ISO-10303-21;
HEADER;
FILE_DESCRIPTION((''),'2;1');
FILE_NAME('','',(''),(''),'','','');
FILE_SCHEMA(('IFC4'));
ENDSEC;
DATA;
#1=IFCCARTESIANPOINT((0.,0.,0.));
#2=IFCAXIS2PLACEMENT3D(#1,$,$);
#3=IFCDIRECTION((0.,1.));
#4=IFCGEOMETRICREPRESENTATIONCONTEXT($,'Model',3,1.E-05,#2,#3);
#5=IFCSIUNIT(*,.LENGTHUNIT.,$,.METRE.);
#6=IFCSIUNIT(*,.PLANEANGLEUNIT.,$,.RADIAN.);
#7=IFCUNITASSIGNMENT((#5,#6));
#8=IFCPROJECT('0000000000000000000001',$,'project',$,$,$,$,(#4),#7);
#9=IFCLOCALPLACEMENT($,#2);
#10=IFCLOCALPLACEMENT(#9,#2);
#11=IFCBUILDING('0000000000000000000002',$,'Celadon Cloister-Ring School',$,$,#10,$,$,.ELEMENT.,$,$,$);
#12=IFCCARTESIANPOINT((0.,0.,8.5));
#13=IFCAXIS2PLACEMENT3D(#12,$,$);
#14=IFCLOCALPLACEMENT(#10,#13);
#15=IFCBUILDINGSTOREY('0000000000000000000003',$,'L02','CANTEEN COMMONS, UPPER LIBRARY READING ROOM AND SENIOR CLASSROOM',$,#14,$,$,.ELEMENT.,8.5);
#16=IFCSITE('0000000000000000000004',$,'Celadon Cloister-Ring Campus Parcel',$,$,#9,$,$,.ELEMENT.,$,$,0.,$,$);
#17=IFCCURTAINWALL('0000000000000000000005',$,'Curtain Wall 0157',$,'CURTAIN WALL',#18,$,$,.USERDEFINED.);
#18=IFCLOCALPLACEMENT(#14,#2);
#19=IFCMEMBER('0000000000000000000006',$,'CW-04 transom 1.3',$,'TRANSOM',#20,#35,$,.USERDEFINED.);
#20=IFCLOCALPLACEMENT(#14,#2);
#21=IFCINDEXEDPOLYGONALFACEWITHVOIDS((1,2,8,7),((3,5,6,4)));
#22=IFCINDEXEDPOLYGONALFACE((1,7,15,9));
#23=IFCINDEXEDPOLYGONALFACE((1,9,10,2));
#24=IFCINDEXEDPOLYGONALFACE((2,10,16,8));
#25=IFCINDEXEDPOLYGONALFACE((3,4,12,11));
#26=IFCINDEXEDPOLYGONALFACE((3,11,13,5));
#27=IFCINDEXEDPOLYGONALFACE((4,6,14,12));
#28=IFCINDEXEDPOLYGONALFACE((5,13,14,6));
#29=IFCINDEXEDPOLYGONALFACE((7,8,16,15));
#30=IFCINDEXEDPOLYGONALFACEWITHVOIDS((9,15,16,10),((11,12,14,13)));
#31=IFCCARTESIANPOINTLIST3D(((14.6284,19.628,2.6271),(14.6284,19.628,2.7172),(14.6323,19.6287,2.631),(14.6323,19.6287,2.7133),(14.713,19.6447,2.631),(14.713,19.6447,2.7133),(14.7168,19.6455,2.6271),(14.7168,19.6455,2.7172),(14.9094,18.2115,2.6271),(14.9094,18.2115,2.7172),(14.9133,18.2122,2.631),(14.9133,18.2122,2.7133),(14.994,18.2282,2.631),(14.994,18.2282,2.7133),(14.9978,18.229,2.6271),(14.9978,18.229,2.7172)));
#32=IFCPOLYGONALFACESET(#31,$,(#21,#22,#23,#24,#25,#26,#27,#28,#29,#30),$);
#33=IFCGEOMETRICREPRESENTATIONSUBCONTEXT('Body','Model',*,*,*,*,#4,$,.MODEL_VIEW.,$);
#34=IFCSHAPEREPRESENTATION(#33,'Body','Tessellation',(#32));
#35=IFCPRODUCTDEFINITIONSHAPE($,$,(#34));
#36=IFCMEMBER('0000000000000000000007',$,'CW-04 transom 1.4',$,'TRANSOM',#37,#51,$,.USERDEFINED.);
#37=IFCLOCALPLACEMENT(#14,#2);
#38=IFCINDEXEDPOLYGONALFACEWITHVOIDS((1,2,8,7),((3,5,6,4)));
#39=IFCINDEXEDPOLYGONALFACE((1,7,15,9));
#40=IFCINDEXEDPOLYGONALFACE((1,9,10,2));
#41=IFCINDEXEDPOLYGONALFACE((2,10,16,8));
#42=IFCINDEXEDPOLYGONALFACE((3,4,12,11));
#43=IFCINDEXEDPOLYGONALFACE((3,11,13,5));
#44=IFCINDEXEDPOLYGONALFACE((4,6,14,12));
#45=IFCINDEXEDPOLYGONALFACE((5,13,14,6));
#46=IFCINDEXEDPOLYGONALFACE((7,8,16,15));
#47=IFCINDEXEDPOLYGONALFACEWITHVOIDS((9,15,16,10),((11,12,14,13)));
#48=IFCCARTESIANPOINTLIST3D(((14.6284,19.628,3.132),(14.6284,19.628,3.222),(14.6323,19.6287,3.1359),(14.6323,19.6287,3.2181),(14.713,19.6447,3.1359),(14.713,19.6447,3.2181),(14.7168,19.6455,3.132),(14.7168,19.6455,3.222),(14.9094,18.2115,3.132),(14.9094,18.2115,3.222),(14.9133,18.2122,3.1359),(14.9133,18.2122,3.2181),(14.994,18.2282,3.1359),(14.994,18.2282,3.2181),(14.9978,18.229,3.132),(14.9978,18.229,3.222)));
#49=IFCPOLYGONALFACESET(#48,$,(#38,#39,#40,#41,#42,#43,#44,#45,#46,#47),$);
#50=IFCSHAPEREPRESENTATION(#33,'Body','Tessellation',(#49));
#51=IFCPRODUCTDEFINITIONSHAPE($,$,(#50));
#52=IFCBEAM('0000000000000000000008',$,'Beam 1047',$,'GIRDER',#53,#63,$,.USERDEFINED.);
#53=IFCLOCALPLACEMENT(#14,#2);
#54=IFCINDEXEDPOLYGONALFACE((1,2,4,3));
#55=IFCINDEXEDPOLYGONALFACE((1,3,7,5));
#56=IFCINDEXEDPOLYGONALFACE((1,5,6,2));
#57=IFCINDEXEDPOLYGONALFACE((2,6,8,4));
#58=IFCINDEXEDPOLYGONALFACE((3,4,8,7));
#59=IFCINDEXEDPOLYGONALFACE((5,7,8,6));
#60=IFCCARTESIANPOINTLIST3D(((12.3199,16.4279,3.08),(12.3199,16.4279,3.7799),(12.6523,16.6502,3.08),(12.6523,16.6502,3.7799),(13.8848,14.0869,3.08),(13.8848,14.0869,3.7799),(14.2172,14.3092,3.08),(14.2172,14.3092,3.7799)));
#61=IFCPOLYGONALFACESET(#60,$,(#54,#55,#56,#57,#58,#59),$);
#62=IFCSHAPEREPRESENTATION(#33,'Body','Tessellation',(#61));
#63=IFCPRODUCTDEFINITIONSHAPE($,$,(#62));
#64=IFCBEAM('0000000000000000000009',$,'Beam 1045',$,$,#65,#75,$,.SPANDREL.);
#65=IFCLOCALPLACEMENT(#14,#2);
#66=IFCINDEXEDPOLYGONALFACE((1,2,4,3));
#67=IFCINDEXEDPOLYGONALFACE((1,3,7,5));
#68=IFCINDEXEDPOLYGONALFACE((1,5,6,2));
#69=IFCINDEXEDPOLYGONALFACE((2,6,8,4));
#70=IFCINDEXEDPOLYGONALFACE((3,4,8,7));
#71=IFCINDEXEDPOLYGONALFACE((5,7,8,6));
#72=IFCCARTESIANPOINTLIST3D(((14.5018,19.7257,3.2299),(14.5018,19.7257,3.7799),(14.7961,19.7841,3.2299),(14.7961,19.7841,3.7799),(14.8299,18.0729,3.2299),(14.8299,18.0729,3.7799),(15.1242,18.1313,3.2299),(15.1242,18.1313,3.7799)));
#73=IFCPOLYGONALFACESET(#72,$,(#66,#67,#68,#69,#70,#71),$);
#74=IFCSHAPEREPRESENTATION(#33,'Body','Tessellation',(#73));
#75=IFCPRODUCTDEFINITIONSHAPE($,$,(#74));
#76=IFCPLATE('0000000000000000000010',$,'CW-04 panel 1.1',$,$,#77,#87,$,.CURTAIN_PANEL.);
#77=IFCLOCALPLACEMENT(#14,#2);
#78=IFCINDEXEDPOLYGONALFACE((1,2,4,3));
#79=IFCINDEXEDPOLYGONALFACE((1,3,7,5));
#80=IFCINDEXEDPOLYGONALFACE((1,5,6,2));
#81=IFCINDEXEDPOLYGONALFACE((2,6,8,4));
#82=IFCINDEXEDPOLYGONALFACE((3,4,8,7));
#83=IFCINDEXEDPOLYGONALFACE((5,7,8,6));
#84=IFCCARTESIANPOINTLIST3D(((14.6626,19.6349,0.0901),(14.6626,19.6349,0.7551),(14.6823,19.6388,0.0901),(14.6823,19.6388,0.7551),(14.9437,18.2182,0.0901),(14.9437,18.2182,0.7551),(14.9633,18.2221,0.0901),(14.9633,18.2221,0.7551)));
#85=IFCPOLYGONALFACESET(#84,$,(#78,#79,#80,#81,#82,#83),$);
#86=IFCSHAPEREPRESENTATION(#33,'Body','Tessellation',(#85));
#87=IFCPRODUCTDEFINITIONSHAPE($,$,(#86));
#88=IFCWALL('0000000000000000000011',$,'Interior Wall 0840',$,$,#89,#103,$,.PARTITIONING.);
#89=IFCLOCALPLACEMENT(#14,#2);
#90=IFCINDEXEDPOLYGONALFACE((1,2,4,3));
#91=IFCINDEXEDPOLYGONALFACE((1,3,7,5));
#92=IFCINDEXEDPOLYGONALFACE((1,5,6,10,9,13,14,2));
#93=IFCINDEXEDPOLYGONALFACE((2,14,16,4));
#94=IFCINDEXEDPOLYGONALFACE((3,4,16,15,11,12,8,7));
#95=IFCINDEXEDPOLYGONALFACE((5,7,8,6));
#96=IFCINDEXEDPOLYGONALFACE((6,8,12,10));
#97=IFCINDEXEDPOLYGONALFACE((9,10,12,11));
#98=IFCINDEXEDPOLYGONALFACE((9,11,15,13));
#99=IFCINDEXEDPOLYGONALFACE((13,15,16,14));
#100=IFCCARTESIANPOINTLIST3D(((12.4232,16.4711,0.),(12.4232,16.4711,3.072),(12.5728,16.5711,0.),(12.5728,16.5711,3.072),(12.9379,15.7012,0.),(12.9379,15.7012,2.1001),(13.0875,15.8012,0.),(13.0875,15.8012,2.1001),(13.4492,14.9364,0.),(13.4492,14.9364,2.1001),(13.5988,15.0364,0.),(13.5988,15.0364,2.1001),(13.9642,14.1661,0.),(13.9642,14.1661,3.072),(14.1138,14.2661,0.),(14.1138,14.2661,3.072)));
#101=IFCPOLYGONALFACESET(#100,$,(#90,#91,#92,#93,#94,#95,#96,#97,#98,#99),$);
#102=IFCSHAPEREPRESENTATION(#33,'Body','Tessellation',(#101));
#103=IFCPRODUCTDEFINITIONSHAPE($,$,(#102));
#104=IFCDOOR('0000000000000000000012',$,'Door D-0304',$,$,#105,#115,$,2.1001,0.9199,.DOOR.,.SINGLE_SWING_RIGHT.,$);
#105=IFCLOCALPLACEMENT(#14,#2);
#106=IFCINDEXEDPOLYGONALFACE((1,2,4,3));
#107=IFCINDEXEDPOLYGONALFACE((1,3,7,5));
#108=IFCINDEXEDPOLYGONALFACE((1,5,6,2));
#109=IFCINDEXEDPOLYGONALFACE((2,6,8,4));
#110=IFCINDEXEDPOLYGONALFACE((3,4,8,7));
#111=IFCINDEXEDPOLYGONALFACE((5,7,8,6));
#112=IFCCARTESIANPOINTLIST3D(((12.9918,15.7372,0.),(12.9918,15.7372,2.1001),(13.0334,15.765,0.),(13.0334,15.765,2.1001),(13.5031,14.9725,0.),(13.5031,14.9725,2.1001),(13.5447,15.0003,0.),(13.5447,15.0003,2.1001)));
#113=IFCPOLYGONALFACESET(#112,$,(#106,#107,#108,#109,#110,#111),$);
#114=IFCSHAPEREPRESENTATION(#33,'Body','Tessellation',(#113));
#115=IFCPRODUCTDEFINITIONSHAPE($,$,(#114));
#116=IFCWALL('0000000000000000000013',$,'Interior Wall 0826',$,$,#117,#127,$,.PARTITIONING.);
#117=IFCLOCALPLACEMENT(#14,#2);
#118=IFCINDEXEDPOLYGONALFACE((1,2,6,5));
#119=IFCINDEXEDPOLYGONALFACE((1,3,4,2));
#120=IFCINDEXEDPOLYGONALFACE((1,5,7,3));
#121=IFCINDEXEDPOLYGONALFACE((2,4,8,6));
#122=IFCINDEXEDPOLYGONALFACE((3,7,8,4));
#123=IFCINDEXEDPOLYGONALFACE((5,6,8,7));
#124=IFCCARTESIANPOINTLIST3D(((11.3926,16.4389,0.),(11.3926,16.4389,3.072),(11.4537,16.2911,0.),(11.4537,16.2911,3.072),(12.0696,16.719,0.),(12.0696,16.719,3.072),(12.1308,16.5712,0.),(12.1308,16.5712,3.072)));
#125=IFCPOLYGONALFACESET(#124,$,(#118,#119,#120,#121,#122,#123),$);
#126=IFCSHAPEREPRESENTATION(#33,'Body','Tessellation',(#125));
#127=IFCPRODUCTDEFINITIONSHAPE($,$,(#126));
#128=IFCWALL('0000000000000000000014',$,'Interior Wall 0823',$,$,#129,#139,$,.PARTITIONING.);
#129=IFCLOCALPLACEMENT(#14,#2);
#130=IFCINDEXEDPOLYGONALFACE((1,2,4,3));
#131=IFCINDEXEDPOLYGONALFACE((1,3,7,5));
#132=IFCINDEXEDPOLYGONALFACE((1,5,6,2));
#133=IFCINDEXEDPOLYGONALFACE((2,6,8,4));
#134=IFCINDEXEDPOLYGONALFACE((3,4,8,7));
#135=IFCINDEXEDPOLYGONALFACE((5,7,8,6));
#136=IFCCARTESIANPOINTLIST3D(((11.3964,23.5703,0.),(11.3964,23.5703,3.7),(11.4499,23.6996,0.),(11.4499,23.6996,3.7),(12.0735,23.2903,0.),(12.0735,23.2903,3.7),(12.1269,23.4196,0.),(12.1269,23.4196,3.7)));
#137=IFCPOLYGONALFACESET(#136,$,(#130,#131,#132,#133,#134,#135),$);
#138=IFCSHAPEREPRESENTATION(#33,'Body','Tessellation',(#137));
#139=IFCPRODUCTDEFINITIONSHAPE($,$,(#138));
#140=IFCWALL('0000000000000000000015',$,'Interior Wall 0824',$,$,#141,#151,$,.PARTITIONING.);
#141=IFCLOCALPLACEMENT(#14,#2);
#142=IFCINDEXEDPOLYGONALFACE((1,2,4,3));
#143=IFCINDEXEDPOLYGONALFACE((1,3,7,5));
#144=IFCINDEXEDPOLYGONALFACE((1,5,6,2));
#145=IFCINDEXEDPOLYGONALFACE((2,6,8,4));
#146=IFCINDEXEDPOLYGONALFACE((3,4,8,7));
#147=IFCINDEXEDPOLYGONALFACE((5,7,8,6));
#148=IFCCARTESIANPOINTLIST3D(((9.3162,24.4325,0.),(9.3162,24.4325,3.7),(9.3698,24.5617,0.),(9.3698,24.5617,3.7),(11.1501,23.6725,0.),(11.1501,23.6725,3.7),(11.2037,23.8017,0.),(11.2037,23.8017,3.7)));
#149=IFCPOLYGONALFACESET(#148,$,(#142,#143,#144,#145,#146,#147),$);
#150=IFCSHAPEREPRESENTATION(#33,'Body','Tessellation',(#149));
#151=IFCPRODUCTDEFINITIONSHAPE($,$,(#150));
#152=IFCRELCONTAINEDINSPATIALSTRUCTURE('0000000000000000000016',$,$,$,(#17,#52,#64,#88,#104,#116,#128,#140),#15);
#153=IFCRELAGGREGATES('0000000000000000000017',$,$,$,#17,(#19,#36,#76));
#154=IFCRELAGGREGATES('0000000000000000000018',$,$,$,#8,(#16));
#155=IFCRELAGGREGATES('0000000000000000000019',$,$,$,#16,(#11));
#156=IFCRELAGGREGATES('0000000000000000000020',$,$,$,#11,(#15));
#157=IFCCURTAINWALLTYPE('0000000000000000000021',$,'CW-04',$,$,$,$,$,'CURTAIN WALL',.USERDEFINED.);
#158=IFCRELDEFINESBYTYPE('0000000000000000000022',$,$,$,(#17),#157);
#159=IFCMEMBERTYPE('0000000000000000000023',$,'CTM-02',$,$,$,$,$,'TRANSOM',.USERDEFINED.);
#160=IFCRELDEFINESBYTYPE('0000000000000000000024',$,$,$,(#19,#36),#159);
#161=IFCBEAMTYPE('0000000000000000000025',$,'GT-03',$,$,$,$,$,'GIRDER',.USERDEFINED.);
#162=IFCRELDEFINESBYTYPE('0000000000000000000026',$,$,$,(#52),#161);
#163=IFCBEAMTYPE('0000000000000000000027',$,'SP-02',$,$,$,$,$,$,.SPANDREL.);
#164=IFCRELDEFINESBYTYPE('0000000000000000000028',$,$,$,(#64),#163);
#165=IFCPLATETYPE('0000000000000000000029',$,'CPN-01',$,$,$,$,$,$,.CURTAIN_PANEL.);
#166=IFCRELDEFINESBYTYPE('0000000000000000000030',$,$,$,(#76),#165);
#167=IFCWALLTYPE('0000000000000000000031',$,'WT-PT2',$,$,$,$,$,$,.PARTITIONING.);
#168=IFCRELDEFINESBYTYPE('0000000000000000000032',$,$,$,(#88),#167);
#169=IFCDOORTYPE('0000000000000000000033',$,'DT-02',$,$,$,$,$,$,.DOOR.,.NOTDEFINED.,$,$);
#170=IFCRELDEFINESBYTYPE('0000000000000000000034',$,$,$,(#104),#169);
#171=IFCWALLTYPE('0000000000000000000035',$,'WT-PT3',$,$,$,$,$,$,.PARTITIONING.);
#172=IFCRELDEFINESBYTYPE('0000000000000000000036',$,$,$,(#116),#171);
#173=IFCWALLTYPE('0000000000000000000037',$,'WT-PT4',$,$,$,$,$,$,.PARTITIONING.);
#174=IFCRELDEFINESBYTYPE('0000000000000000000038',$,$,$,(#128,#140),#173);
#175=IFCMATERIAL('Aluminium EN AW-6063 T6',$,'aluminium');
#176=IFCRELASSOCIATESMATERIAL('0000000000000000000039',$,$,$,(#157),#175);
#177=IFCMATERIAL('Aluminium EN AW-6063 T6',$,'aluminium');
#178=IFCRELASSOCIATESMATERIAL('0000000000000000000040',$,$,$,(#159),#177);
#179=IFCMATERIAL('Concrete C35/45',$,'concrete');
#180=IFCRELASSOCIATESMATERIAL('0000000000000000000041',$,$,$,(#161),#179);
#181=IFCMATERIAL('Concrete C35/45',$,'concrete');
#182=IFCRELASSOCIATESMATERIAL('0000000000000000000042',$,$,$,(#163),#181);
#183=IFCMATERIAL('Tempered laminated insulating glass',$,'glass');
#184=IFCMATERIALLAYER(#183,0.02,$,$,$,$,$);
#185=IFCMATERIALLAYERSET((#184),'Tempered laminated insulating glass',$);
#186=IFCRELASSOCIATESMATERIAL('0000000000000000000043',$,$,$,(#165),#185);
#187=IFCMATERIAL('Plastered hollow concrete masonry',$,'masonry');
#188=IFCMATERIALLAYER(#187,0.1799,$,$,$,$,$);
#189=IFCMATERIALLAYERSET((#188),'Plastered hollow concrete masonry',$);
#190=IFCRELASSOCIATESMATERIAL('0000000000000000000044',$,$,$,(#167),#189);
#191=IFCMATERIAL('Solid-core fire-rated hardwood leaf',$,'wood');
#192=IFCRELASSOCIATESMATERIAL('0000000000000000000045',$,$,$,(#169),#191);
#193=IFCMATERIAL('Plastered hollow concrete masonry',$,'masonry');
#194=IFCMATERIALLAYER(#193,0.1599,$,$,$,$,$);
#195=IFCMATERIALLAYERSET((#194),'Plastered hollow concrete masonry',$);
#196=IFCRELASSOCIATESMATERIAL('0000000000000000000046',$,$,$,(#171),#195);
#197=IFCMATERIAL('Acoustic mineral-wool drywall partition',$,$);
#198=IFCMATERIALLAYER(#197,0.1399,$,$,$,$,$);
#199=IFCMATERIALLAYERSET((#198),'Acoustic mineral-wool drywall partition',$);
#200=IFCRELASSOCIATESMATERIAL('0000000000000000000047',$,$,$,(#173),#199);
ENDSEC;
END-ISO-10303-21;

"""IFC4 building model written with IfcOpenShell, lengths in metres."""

from ifc_helpers import new_model, si_unit, direction, frame, frame_2d, origin, origin_2d, place, context, subcontext, project, spatial, rectangle, hollow_rectangle, extrude, material, layer, layer_set, material_profile, profile_set, type_object, element, fill, aggregate, save


model = new_model("IFC4")

# Units and contexts
model_context = context("Model", 3, precision=1e-05, world=origin(), true_north=direction((0.0, 1.0)))
body_context = subcontext(model_context, "Body", "Model", "MODEL_VIEW")
ifc_project = project(units=[si_unit("LENGTHUNIT", "METRE"), si_unit("PLANEANGLEUNIT", "RADIAN")], contexts=[model_context])

# Site, building, storey
site_placement = place(None, origin())
site = spatial("IfcSite", under=ifc_project, at=site_placement, Name="Celadon Cloister-Ring Campus Parcel", CompositionType="ELEMENT", RefElevation=0.0)
building_placement = place(site_placement, origin())
building = spatial("IfcBuilding", under=site, at=building_placement, Name="Celadon Cloister-Ring School", CompositionType="ELEMENT")
storey_placement = place(building_placement, frame((0.0, 0.0, 8.5)))
storey = spatial("IfcBuildingStorey", under=building, at=storey_placement, Name="L02", Description="CANTEEN COMMONS, UPPER LIBRARY READING ROOM AND SENIOR CLASSROOM", CompositionType="ELEMENT", Elevation=8.5)

# Shared definitions
ifc_material_1 = material(Name="Aluminium EN AW-6063 T6", Category="aluminium")
curtain_wall_type = type_object("IfcCurtainWallType", Name="CW-04", ElementType="CURTAIN WALL", PredefinedType="USERDEFINED", material=ifc_material_1)

# Curtain wall, members
curtain_wall_1_placement = place(storey_placement, origin())
curtain_wall_1 = element("IfcCurtainWall", 1, at=curtain_wall_1_placement, inside=storey, type_object=curtain_wall_type, Name="Curtain Wall 0157", ObjectType="CURTAIN WALL", PredefinedType="USERDEFINED")
ifc_material_2 = material(Name="Aluminium EN AW-6063 T6", Category="aluminium")
ifc_material_profile_1 = material_profile(ifc_material_2, hollow_rectangle(XDim=0.0901, YDim=0.0901, WallThickness=0.0039, at=origin_2d()), Name="RHS90X90X4")
ifc_profile_set_1 = profile_set([ifc_material_profile_1], Name="Aluminium EN AW-6063 T6")
member_type_1 = type_object("IfcMemberType", Name="CTM-02", ElementType="TRANSOM", PredefinedType="USERDEFINED", material=ifc_profile_set_1)
member_1_placement = place(storey_placement, frame((14.6726, 19.6367, 2.6721), z_axis=(0.194588, -0.980885, 0.0), x_axis=(0.980885, 0.194588, 0.0)))
member_1 = element("IfcMember", 2, at=member_1_placement, type_object=member_type_1, Name="CW-04 transom 1.3", ObjectType="TRANSOM", PredefinedType="USERDEFINED", context=body_context, shape_type="SweptSolid", body=[
    extrude(hollow_rectangle(XDim=0.0901, YDim=0.0901, WallThickness=0.0039, at=origin_2d()), origin(), (0.0, 0.0, 1.0), 1.4441),
])
member_2_placement = place(storey_placement, frame((14.6726, 19.6367, 3.177), z_axis=(0.194588, -0.980885, 0.0), x_axis=(0.980885, 0.194588, 0.0)))
member_2 = element("IfcMember", 3, at=member_2_placement, type_object=member_type_1, Name="CW-04 transom 1.4", ObjectType="TRANSOM", PredefinedType="USERDEFINED", context=body_context, shape_type="SweptSolid", body=[
    extrude(hollow_rectangle(XDim=0.0901, YDim=0.0901, WallThickness=0.0039, at=origin_2d()), origin(), (0.0, 0.0, 1.0), 1.4441),
])

# Beams
ifc_material_3 = material(Name="Concrete C35/45", Category="concrete")
ifc_material_profile_2 = material_profile(ifc_material_3, rectangle(XDim=0.3999, YDim=0.7, at=origin_2d()), Name="RC400X700")
ifc_profile_set_2 = profile_set([ifc_material_profile_2], Name="Concrete C35/45")
beam_type_1 = type_object("IfcBeamType", Name="GT-03", ElementType="GIRDER", PredefinedType="USERDEFINED", material=ifc_profile_set_2)
beam_1_placement = place(storey_placement, frame((12.4861, 16.5391, 3.4299), z_axis=(0.55574, -0.831356, 0.0), x_axis=(0.831356, 0.55574, 0.0)))
element("IfcBeam", 4, at=beam_1_placement, inside=storey, type_object=beam_type_1, Name="Beam 1047", ObjectType="GIRDER", PredefinedType="USERDEFINED", context=body_context, shape_type="SweptSolid", body=[
    extrude(rectangle(XDim=0.3999, YDim=0.7, at=origin_2d()), origin(), (0.0, 0.0, 1.0), 2.8159),
])
ifc_material_4 = material(Name="Concrete C35/45", Category="concrete")
ifc_material_profile_3 = material_profile(ifc_material_4, rectangle(XDim=0.3, YDim=0.55, at=origin_2d()), Name="RC300X550")
ifc_profile_set_3 = profile_set([ifc_material_profile_3], Name="Concrete C35/45")
beam_type_2 = type_object("IfcBeamType", Name="SP-02", PredefinedType="SPANDREL", material=ifc_profile_set_3)
beam_2_placement = place(storey_placement, frame((14.6489, 19.7549, 3.5049), z_axis=(0.194723, -0.980858, 0.0), x_axis=(0.980858, 0.194723, 0.0)))
element("IfcBeam", 5, at=beam_2_placement, inside=storey, type_object=beam_type_2, Name="Beam 1045", PredefinedType="SPANDREL", context=body_context, shape_type="SweptSolid", body=[
    extrude(rectangle(XDim=0.3, YDim=0.55, at=origin_2d()), origin(), (0.0, 0.0, 1.0), 1.6851),
])

# Plate
ifc_material_5 = material(Name="Tempered laminated insulating glass", Category="glass")
ifc_layer_1 = layer(ifc_material_5, 0.02)
ifc_layer_set_1 = layer_set([ifc_layer_1], Name="Tempered laminated insulating glass")
plate_type = type_object("IfcPlateType", Name="CPN-01", PredefinedType="CURTAIN_PANEL", material=ifc_layer_set_1)
plate_placement = place(storey_placement, frame((14.813, 18.9285, 0.0901), z_axis=(0.0, 0.0, 1.0), x_axis=(0.194586, -0.980885, 0.0)))
plate = element("IfcPlate", 6, at=plate_placement, type_object=plate_type, Name="CW-04 panel 1.1", PredefinedType="CURTAIN_PANEL", context=body_context, shape_type="SweptSolid", body=[
    extrude(rectangle(XDim=1.4443, YDim=0.02, at=origin_2d()), origin(), (0.0, 0.0, 1.0), 0.665),
])
aggregate(curtain_wall_1, [member_1, member_2, plate])

# Wall, opening, door
ifc_material_6 = material(Name="Plastered hollow concrete masonry", Category="masonry")
ifc_layer_2 = layer(ifc_material_6, 0.1799)
ifc_layer_set_2 = layer_set([ifc_layer_2], Name="Plastered hollow concrete masonry")
wall_type_1 = type_object("IfcWallType", Name="WT-PT2", PredefinedType="PARTITIONING", material=ifc_layer_set_2)
wall_1_placement = place(storey_placement, frame((12.498, 16.521, 0.0), z_axis=(0.0, 0.0, 1.0), x_axis=(0.555797, -0.831318, 0.0)))
wall_1 = element("IfcWall", 7, at=wall_1_placement, inside=storey, type_object=wall_type_1, Name="Interior Wall 0840", PredefinedType="PARTITIONING", context=body_context, shape_type="SweptSolid", body=[
    extrude(rectangle(XDim=2.7727, YDim=0.1799, at=frame_2d((1.3862, 0.0))), origin(), (0.0, 0.0, 1.0), 3.072),
])
opening_1_placement = place(wall_1_placement, frame((0.926, 0.0, 0.0)))
opening_1 = element("IfcOpeningElement", 8, at=opening_1_placement, cuts=wall_1, PredefinedType="OPENING", context=body_context, shape_type="SweptSolid", body=[
    extrude(rectangle(XDim=0.9199, YDim=2.1001, at=frame_2d((0.46, 1.05))), frame((0.0, 0.1001, 0.0), z_axis=(0.0, -1.0, 0.0), x_axis=(1.0, 0.0, 0.0)), (0.0, 0.0, 1.0), 0.2),
])
ifc_material_7 = material(Name="Solid-core fire-rated hardwood leaf", Category="wood")
door_type_1 = type_object("IfcDoorType", Name="DT-02", OperationType="NOTDEFINED", PredefinedType="DOOR", material=ifc_material_7)
door_1_placement = place(opening_1_placement, origin())
door_1 = element("IfcDoor", 9, at=door_1_placement, inside=storey, type_object=door_type_1, Name="Door D-0304", OperationType="SINGLE_SWING_RIGHT", OverallHeight=2.1001, OverallWidth=0.9199, PredefinedType="DOOR", context=body_context, shape_type="SweptSolid", body=[
    extrude(rectangle(XDim=0.9199, YDim=2.1001, at=frame_2d((0.46, 1.05))), frame((0.0, 0.0249, 0.0), z_axis=(0.0, -1.0, 0.0), x_axis=(1.0, 0.0, 0.0)), (0.0, 0.0, 1.0), 0.05),
])
fill(opening_1, door_1)

# Walls
ifc_material_8 = material(Name="Plastered hollow concrete masonry", Category="masonry")
ifc_layer_3 = layer(ifc_material_8, 0.1599)
ifc_layer_set_3 = layer_set([ifc_layer_3], Name="Plastered hollow concrete masonry")
wall_type_2 = type_object("IfcWallType", Name="WT-PT3", PredefinedType="PARTITIONING", material=ifc_layer_set_3)
wall_2_placement = place(storey_placement, frame((12.1001, 16.645, 0.0), z_axis=(0.0, 0.0, 1.0), x_axis=(-0.92407, -0.382224, 0.0)))
element("IfcWall", 10, at=wall_2_placement, inside=storey, type_object=wall_type_2, Name="Interior Wall 0826", PredefinedType="PARTITIONING", context=body_context, shape_type="SweptSolid", body=[
    extrude(rectangle(XDim=0.7327, YDim=0.1599, at=frame_2d((0.3662, 0.0))), origin(), (0.0, 0.0, 1.0), 3.072),
])
ifc_material_9 = material(Name="Acoustic mineral-wool drywall partition")
ifc_layer_4 = layer(ifc_material_9, 0.1399)
ifc_layer_set_4 = layer_set([ifc_layer_4], Name="Acoustic mineral-wool drywall partition")
wall_type_3 = type_object("IfcWallType", Name="WT-PT4", PredefinedType="PARTITIONING", material=ifc_layer_set_4)
wall_3_placement = place(storey_placement, frame((12.1001, 23.355, 0.0), z_axis=(0.0, 0.0, 1.0), x_axis=(-0.92407, 0.382224, 0.0)))
element("IfcWall", 11, at=wall_3_placement, inside=storey, type_object=wall_type_3, Name="Interior Wall 0823", PredefinedType="PARTITIONING", context=body_context, shape_type="SweptSolid", body=[
    extrude(rectangle(XDim=0.7327, YDim=0.1399, at=frame_2d((0.3662, 0.0))), origin(), (0.0, 0.0, 1.0), 3.7),
])
wall_4_placement = place(storey_placement, frame((11.177, 23.7371, 0.0), z_axis=(0.0, 0.0, 1.0), x_axis=(-0.923817, 0.382833, 0.0)))
element("IfcWall", 12, at=wall_4_placement, inside=storey, type_object=wall_type_3, Name="Interior Wall 0824", PredefinedType="PARTITIONING", context=body_context, shape_type="SweptSolid", body=[
    extrude(rectangle(XDim=1.9851, YDim=0.1399, at=frame_2d((0.9927, 0.0))), origin(), (0.0, 0.0, 1.0), 3.7),
])

save(model, "model.ifc")
